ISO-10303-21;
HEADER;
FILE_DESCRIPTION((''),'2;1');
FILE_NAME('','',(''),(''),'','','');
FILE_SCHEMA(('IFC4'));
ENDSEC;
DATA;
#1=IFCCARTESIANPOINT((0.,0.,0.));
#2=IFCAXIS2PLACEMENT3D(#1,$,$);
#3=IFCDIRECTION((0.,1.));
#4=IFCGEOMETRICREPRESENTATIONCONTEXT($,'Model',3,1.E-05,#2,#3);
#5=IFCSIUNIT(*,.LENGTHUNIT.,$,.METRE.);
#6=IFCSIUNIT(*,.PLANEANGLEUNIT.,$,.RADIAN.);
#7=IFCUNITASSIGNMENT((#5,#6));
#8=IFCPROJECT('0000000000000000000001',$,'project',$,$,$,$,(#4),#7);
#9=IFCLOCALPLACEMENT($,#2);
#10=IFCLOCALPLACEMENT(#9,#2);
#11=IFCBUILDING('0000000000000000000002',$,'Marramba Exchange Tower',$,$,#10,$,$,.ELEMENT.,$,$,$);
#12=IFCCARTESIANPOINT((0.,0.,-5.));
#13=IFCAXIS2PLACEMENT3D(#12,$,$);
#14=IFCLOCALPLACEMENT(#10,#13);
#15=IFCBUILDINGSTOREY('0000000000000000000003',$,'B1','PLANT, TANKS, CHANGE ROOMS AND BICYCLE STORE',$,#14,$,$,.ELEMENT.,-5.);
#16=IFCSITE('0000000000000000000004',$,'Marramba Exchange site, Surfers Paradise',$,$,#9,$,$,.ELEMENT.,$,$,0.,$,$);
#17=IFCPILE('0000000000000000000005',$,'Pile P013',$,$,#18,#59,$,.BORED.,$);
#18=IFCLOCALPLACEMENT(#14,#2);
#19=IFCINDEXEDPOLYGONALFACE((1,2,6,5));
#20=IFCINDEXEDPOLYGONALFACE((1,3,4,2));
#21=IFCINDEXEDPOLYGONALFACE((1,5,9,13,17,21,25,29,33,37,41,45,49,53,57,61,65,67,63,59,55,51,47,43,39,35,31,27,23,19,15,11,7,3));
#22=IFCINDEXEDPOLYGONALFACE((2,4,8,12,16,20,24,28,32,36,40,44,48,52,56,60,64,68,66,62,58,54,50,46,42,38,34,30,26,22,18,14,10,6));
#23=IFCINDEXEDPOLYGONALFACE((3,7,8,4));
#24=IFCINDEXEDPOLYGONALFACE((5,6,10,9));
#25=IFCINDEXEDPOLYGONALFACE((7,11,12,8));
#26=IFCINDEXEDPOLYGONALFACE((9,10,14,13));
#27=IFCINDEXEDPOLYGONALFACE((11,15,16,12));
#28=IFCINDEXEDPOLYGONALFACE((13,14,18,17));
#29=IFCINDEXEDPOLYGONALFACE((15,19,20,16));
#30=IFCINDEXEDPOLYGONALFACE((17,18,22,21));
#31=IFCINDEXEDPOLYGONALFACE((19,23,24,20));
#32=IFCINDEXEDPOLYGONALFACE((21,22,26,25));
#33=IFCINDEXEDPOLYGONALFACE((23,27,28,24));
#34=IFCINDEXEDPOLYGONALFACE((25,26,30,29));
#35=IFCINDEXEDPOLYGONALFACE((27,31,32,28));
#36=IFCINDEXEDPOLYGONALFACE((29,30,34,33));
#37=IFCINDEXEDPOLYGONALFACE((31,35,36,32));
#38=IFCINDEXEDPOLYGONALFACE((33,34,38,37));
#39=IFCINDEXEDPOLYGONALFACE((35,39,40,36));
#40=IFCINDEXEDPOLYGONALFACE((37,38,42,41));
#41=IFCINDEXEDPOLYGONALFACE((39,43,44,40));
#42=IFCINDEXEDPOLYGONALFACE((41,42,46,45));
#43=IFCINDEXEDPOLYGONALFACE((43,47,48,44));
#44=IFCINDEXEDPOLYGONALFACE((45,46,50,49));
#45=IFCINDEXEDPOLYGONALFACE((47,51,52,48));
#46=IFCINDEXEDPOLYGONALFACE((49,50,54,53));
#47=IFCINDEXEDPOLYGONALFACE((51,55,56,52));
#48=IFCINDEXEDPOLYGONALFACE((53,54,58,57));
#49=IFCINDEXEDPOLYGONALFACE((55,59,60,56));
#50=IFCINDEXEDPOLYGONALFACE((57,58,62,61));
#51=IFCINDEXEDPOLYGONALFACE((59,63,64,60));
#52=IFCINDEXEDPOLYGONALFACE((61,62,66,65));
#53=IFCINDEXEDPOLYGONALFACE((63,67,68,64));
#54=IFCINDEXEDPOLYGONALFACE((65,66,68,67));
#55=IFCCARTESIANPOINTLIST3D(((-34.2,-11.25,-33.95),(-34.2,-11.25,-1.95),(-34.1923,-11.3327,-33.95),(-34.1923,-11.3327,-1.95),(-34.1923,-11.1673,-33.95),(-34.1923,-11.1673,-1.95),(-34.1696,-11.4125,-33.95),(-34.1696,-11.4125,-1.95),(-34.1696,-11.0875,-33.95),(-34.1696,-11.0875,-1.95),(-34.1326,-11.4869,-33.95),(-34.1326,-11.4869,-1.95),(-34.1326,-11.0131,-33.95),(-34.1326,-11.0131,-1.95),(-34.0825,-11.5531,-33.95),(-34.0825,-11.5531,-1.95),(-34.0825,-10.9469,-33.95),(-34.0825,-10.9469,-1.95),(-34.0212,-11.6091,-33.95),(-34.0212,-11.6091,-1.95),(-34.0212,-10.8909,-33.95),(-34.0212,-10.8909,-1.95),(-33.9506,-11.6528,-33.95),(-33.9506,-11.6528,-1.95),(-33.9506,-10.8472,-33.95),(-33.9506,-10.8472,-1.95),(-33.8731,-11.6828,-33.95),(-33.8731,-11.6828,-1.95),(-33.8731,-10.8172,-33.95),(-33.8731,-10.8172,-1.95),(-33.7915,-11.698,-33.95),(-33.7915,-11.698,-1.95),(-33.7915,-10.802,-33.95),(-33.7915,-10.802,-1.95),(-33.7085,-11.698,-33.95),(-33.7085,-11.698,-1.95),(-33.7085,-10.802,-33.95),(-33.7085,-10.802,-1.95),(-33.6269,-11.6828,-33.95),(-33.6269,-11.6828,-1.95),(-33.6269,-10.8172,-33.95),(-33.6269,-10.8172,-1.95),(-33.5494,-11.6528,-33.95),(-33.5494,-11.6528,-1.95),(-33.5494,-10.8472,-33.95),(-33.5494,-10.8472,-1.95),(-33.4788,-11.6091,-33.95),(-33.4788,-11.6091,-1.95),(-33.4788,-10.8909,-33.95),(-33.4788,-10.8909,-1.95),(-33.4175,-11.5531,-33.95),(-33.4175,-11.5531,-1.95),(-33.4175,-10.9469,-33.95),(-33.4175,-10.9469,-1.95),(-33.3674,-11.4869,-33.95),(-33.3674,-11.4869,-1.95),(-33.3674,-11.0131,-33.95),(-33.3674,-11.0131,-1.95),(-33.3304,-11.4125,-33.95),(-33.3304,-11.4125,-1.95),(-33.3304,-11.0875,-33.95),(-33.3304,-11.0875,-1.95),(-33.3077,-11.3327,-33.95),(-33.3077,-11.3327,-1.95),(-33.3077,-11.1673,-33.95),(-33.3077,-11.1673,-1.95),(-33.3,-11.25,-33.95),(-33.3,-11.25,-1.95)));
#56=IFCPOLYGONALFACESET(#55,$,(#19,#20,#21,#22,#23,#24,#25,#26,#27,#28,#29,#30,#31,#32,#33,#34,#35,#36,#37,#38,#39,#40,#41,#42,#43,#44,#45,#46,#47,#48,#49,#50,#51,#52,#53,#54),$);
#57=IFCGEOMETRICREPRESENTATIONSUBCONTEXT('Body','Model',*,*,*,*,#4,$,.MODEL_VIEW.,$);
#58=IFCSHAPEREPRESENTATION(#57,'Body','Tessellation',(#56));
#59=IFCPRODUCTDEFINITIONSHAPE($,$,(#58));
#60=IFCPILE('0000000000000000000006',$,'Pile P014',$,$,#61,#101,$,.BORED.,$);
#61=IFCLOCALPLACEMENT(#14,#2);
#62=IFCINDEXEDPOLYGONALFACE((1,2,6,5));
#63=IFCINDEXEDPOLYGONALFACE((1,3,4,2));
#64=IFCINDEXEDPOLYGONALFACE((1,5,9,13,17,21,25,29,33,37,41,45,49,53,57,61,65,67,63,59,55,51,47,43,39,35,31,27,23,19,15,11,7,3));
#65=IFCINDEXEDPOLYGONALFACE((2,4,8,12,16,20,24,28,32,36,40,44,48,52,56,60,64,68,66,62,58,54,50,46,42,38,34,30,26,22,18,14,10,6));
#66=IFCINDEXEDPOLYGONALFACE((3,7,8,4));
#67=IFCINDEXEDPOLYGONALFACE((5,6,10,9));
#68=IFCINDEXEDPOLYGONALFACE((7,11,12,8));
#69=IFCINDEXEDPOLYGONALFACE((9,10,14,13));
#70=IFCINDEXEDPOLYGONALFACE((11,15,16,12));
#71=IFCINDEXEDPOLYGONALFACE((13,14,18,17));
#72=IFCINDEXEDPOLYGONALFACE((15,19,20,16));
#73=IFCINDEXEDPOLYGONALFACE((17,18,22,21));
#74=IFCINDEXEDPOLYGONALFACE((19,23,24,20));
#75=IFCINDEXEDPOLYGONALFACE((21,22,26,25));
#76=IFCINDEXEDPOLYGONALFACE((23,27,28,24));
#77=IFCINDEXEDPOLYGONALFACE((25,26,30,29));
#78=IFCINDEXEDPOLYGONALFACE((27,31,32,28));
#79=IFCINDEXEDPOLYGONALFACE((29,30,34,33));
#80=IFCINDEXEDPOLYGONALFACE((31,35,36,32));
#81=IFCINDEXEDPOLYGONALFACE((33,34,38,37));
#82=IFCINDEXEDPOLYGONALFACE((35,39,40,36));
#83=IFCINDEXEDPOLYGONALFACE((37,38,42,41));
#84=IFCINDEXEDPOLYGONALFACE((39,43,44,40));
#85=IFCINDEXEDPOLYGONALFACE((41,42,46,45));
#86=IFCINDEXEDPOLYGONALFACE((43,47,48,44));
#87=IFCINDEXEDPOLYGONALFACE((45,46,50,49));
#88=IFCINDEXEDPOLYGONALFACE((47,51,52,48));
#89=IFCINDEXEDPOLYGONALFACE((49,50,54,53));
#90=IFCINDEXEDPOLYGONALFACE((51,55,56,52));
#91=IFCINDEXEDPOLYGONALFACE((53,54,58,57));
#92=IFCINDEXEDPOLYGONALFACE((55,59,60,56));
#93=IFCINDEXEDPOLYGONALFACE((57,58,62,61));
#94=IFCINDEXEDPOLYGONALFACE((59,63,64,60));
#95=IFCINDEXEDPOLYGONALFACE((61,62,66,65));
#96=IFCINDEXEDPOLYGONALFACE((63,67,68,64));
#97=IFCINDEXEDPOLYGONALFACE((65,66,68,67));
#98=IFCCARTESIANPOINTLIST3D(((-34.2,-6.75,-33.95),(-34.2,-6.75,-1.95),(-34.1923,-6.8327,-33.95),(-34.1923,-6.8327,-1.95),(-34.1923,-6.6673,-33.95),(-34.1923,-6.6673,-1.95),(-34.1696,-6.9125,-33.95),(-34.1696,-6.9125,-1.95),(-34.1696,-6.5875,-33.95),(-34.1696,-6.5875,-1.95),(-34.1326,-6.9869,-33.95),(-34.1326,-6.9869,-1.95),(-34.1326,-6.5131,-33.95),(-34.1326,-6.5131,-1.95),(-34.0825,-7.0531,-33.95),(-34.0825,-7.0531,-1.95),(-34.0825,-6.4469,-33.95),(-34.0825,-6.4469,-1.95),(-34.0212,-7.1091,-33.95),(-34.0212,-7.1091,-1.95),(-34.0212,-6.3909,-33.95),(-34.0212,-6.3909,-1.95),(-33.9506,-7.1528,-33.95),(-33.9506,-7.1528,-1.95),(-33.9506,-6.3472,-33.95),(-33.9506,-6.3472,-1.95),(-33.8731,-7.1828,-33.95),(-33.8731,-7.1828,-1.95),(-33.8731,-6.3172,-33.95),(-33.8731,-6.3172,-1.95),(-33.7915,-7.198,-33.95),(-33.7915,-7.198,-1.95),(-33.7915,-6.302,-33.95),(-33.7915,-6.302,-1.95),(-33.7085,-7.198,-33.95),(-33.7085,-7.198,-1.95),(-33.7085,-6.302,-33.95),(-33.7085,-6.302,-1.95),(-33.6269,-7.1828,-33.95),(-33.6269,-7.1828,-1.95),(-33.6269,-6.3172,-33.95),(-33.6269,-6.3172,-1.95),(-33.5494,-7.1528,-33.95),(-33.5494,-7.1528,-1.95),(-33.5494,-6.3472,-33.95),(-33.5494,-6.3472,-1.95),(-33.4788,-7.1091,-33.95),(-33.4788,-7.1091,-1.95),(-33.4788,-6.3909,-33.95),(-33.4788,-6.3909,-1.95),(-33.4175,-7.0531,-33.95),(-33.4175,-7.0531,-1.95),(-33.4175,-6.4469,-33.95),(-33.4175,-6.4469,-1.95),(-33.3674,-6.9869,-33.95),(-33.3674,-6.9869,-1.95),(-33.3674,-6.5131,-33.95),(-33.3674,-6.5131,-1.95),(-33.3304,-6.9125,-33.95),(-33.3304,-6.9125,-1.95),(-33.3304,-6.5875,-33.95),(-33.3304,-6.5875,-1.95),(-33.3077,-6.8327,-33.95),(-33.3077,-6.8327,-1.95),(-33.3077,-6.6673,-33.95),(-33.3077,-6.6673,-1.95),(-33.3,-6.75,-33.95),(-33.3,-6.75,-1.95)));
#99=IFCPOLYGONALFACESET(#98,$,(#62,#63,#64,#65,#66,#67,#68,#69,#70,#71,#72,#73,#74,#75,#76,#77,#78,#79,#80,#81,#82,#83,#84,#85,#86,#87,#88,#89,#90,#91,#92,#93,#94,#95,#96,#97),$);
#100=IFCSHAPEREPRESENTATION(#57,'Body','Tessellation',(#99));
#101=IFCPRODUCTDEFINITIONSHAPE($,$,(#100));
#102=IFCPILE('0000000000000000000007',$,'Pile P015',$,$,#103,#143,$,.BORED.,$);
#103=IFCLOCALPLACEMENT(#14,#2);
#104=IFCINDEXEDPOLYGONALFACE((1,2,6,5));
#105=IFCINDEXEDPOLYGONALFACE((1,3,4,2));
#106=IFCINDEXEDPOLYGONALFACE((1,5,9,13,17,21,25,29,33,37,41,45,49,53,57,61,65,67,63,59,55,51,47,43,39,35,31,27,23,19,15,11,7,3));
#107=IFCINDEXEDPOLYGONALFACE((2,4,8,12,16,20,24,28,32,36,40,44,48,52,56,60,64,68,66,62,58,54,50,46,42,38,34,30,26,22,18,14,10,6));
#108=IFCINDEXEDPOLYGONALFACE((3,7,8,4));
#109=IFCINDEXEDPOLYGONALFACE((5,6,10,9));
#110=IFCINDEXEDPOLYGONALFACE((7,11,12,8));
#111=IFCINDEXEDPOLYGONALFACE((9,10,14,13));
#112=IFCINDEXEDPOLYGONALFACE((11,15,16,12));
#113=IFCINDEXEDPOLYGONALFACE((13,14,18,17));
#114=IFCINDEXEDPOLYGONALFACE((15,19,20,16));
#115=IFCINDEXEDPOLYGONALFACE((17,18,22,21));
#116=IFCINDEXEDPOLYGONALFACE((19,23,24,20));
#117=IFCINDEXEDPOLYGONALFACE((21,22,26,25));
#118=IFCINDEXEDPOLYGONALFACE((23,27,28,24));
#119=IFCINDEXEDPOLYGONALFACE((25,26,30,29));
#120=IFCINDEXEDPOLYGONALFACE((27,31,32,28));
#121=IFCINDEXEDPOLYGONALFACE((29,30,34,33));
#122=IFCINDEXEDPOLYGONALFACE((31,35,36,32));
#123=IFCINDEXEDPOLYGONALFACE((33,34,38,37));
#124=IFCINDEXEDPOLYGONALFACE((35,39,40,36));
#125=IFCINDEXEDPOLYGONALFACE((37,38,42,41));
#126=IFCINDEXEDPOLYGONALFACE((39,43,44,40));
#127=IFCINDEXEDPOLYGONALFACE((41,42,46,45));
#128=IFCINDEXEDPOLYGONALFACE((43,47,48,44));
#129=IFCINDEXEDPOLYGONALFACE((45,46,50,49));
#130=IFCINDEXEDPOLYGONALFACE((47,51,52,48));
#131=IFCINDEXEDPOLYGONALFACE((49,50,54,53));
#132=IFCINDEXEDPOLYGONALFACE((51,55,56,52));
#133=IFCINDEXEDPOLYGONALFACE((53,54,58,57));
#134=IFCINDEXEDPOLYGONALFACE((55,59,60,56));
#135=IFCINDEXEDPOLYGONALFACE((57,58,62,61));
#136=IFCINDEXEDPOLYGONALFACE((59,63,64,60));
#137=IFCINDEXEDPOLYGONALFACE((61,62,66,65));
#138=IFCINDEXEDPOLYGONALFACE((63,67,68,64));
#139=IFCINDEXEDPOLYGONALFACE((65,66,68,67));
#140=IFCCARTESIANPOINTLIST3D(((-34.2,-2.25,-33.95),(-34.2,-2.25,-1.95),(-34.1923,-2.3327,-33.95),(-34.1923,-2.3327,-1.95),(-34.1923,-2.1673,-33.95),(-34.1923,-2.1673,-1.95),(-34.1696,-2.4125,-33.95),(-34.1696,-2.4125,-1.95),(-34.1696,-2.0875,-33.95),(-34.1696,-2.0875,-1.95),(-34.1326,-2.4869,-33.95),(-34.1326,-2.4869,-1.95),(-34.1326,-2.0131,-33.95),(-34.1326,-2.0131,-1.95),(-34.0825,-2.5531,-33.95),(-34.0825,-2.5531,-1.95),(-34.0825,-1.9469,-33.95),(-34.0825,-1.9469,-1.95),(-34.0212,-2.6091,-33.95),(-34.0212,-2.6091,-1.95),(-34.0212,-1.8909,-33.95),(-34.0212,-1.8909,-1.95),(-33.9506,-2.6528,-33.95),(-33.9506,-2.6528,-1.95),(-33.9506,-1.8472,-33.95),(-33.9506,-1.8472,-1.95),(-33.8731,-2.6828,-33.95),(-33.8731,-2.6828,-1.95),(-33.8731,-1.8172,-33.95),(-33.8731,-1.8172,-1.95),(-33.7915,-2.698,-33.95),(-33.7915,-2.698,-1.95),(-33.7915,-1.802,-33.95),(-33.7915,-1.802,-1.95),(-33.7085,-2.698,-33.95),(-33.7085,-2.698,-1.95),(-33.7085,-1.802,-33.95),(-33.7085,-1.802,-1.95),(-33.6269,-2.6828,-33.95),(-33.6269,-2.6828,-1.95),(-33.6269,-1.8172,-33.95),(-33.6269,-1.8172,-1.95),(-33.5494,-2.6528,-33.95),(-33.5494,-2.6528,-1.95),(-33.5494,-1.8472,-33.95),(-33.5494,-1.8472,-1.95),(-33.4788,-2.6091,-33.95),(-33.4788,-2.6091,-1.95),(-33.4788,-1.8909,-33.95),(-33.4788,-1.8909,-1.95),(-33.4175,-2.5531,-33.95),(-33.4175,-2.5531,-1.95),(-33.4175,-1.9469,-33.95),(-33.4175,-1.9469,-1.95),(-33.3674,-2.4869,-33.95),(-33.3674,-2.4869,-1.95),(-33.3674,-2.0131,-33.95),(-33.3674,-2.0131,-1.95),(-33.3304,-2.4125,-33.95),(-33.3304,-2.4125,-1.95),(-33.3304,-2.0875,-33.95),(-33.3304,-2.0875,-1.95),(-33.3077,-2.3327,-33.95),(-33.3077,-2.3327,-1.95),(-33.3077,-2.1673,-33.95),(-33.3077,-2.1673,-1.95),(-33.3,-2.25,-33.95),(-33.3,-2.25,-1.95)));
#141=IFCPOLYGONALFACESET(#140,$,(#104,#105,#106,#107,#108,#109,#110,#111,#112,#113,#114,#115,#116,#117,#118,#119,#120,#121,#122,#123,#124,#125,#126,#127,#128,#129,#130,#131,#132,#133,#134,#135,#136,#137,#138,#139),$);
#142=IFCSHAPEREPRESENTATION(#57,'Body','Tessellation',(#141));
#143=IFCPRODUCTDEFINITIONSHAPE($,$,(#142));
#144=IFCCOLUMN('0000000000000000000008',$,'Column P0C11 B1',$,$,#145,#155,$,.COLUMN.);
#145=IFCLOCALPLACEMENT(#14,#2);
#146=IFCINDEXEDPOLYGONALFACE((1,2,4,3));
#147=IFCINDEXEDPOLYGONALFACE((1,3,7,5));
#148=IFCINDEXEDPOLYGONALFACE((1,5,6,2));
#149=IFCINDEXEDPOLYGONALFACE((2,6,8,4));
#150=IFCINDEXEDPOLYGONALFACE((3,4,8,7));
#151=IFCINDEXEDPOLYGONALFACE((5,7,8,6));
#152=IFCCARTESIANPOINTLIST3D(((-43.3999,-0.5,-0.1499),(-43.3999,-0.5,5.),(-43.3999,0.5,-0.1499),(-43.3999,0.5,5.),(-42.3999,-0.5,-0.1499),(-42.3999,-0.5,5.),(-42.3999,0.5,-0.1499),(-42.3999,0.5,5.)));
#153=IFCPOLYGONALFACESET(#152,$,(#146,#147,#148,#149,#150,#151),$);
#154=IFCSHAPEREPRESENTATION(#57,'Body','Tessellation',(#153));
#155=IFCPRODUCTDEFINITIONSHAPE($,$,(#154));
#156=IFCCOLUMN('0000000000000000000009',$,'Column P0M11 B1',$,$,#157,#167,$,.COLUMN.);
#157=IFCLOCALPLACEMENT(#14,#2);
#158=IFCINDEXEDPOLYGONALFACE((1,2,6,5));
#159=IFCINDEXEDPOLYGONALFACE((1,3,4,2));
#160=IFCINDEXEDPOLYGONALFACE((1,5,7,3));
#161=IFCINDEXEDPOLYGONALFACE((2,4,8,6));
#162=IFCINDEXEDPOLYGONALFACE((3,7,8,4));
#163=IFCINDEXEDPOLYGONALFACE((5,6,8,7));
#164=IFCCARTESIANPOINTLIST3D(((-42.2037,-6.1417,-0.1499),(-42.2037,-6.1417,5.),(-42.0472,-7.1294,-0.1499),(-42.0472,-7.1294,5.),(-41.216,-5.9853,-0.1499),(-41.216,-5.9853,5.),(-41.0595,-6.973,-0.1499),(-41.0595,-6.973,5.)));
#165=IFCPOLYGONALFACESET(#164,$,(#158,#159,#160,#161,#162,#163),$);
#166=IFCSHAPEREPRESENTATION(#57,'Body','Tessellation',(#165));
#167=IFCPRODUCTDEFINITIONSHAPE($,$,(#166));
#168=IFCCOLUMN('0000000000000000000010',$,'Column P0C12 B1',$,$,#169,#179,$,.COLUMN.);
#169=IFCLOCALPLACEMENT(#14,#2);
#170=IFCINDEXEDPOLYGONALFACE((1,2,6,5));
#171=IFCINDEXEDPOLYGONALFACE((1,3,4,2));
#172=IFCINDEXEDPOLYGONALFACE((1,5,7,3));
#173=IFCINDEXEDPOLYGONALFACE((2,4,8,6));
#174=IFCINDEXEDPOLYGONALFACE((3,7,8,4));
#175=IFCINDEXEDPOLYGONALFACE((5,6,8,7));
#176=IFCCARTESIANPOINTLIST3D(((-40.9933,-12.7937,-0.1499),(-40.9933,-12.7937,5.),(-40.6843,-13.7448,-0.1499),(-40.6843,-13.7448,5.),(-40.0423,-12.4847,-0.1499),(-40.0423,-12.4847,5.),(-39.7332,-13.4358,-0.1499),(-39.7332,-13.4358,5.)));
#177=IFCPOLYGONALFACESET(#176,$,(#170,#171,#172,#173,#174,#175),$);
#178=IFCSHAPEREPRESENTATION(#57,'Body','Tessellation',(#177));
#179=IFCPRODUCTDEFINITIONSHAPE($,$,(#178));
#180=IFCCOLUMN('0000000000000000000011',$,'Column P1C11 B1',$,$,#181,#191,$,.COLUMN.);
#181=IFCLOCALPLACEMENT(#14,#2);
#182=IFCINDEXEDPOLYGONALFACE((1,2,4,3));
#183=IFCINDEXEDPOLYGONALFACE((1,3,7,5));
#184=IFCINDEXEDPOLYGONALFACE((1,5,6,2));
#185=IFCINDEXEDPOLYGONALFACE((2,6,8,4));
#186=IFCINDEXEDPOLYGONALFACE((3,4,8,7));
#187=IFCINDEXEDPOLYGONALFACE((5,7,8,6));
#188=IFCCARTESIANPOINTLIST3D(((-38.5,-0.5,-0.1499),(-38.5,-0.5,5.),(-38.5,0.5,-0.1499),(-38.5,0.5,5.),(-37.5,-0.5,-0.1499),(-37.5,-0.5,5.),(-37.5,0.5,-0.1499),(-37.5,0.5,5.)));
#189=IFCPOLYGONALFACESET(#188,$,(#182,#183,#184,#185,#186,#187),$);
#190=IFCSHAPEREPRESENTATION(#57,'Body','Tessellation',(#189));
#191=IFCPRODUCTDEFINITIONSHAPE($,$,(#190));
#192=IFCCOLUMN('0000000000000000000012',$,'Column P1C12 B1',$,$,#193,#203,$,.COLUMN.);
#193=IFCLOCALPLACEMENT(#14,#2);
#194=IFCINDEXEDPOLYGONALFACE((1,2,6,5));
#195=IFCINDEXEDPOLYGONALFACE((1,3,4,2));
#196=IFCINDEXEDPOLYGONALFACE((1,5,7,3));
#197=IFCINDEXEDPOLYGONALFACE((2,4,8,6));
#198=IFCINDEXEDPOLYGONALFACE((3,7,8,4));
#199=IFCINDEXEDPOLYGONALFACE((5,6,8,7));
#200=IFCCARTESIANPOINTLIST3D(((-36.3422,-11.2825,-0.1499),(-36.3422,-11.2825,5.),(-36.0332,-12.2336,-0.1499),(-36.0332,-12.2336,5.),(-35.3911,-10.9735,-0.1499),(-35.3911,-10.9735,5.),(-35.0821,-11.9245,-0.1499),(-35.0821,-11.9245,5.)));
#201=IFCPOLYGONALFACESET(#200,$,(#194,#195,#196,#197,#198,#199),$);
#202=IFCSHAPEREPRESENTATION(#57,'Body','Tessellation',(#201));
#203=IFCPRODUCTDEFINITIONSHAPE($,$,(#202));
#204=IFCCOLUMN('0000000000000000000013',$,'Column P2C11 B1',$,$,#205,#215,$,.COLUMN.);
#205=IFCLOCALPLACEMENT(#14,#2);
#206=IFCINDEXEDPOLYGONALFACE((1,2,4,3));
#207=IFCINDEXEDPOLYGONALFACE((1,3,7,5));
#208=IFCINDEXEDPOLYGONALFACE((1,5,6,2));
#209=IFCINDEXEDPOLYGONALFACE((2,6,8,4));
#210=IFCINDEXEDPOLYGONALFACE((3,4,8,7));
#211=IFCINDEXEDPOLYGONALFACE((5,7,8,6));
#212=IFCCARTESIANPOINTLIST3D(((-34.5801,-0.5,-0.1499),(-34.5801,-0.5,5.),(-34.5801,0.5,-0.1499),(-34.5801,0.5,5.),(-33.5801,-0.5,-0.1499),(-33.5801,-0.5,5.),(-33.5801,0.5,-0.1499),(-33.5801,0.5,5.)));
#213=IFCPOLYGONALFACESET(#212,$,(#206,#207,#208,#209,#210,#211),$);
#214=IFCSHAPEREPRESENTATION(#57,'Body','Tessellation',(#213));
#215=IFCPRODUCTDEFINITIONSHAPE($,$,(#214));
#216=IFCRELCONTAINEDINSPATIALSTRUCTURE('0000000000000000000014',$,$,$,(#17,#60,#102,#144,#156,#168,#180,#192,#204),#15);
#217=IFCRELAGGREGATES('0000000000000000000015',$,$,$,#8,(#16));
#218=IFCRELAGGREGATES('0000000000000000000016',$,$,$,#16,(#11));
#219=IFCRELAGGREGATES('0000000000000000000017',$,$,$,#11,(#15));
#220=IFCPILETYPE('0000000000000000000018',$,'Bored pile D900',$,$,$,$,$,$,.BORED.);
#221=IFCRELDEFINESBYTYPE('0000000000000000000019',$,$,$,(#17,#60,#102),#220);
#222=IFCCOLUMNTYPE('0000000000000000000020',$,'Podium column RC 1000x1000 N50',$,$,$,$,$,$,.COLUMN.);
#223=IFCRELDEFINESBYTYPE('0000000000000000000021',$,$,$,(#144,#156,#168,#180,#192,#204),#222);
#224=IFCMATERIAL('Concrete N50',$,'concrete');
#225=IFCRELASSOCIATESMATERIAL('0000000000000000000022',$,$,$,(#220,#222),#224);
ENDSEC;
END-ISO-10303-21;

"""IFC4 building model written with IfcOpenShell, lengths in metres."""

from ifc_helpers import new_model, si_unit, direction, frame, origin, origin_2d, place, context, subcontext, project, spatial, rectangle, circle, extrude, material, material_profile, profile_set, type_object, element, save


model = new_model("IFC4")

# Units and contexts
model_context = context("Model", 3, precision=1e-05, world=origin(), true_north=direction((0.0, 1.0)))
body_context = subcontext(model_context, "Body", "Model", "MODEL_VIEW")
ifc_project = project(units=[si_unit("LENGTHUNIT", "METRE"), si_unit("PLANEANGLEUNIT", "RADIAN")], contexts=[model_context])

# Site, building, storey
site_placement = place(None, origin())
site = spatial("IfcSite", under=ifc_project, at=site_placement, Name="Marramba Exchange site, Surfers Paradise", CompositionType="ELEMENT", RefElevation=0.0)
building_placement = place(site_placement, origin())
building = spatial("IfcBuilding", under=site, at=building_placement, Name="Marramba Exchange Tower", CompositionType="ELEMENT")
storey_placement = place(building_placement, frame((0.0, 0.0, -5.0)))
storey = spatial("IfcBuildingStorey", under=building, at=storey_placement, Name="B1", Description="PLANT, TANKS, CHANGE ROOMS AND BICYCLE STORE", CompositionType="ELEMENT", Elevation=-5.0)

# Piles
ifc_material_1 = material(Name="Concrete N50", Category="concrete")
ifc_material_profile_1 = material_profile(ifc_material_1, circle(Radius=0.45, at=origin_2d()), Name="BP D900")
ifc_profile_set_1 = profile_set([ifc_material_profile_1], Name="Concrete N50")
pile_type = type_object("IfcPileType", Name="Bored pile D900", PredefinedType="BORED", material=ifc_profile_set_1)
for number, where, z_axis, x_axis, name in (
    (1, (-33.75, -11.25, -1.95), (0.0, 0.0, -1.0), (1.0, 0.0, 0.0), "Pile P013"),
    (2, (-33.75, -6.75, -1.95), (0.0, 0.0, -1.0), (1.0, 0.0, 0.0), "Pile P014"),
    (3, (-33.75, -2.25, -1.95), (0.0, 0.0, -1.0), (1.0, 0.0, 0.0), "Pile P015"),
):
    element("IfcPile", number, at=place(storey_placement, frame(where, z_axis=z_axis, x_axis=x_axis)), inside=storey, type_object=pile_type, Name=name, PredefinedType="BORED", context=body_context, shape_type="SweptSolid", body=[
        extrude(circle(Radius=0.45, at=origin_2d()), origin(), (0.0, 0.0, 1.0), 32.0),
    ])

# Columns
ifc_material_profile_2 = material_profile(ifc_material_1, rectangle(XDim=1.0, YDim=1.0, at=origin_2d()), Name="RC 1000x1000")
ifc_profile_set_2 = profile_set([ifc_material_profile_2], Name="Concrete N50")
column_type = type_object("IfcColumnType", Name="Podium column RC 1000x1000 N50", PredefinedType="COLUMN", material=ifc_profile_set_2)
for number, where, z_axis, x_axis, name in (
    (4, (-42.8999, 0.0, -0.1499), (0.0, 0.0, 1.0), (-1.0, 0.0, 0.0), "Column P0C11 B1"),
    (5, (-41.6316, -6.5574, -0.1499), (0.0, 0.0, 1.0), (-0.987688, -0.156434, 0.0), "Column P0M11 B1"),
    (6, (-40.3633, -13.1147, -0.1499), (0.0, 0.0, 1.0), (-0.951057, -0.309017, 0.0), "Column P0C12 B1"),
    (7, (-38.0, 0.0, -0.1499), (0.0, 0.0, 1.0), (-1.0, 0.0, 0.0), "Column P1C11 B1"),
    (8, (-35.7122, -11.6035, -0.1499), (0.0, 0.0, 1.0), (-0.951057, -0.309017, 0.0), "Column P1C12 B1"),
    (9, (-34.0801, 0.0, -0.1499), (0.0, 0.0, 1.0), (-1.0, 0.0, 0.0), "Column P2C11 B1"),
):
    element("IfcColumn", number, at=place(storey_placement, frame(where, z_axis=z_axis, x_axis=x_axis)), inside=storey, type_object=column_type, Name=name, PredefinedType="COLUMN", context=body_context, shape_type="SweptSolid", body=[
        extrude(rectangle(XDim=1.0, YDim=1.0, at=origin_2d()), origin(), (0.0, 0.0, 1.0), 5.1499),
    ])

save(model, "model.ifc")
